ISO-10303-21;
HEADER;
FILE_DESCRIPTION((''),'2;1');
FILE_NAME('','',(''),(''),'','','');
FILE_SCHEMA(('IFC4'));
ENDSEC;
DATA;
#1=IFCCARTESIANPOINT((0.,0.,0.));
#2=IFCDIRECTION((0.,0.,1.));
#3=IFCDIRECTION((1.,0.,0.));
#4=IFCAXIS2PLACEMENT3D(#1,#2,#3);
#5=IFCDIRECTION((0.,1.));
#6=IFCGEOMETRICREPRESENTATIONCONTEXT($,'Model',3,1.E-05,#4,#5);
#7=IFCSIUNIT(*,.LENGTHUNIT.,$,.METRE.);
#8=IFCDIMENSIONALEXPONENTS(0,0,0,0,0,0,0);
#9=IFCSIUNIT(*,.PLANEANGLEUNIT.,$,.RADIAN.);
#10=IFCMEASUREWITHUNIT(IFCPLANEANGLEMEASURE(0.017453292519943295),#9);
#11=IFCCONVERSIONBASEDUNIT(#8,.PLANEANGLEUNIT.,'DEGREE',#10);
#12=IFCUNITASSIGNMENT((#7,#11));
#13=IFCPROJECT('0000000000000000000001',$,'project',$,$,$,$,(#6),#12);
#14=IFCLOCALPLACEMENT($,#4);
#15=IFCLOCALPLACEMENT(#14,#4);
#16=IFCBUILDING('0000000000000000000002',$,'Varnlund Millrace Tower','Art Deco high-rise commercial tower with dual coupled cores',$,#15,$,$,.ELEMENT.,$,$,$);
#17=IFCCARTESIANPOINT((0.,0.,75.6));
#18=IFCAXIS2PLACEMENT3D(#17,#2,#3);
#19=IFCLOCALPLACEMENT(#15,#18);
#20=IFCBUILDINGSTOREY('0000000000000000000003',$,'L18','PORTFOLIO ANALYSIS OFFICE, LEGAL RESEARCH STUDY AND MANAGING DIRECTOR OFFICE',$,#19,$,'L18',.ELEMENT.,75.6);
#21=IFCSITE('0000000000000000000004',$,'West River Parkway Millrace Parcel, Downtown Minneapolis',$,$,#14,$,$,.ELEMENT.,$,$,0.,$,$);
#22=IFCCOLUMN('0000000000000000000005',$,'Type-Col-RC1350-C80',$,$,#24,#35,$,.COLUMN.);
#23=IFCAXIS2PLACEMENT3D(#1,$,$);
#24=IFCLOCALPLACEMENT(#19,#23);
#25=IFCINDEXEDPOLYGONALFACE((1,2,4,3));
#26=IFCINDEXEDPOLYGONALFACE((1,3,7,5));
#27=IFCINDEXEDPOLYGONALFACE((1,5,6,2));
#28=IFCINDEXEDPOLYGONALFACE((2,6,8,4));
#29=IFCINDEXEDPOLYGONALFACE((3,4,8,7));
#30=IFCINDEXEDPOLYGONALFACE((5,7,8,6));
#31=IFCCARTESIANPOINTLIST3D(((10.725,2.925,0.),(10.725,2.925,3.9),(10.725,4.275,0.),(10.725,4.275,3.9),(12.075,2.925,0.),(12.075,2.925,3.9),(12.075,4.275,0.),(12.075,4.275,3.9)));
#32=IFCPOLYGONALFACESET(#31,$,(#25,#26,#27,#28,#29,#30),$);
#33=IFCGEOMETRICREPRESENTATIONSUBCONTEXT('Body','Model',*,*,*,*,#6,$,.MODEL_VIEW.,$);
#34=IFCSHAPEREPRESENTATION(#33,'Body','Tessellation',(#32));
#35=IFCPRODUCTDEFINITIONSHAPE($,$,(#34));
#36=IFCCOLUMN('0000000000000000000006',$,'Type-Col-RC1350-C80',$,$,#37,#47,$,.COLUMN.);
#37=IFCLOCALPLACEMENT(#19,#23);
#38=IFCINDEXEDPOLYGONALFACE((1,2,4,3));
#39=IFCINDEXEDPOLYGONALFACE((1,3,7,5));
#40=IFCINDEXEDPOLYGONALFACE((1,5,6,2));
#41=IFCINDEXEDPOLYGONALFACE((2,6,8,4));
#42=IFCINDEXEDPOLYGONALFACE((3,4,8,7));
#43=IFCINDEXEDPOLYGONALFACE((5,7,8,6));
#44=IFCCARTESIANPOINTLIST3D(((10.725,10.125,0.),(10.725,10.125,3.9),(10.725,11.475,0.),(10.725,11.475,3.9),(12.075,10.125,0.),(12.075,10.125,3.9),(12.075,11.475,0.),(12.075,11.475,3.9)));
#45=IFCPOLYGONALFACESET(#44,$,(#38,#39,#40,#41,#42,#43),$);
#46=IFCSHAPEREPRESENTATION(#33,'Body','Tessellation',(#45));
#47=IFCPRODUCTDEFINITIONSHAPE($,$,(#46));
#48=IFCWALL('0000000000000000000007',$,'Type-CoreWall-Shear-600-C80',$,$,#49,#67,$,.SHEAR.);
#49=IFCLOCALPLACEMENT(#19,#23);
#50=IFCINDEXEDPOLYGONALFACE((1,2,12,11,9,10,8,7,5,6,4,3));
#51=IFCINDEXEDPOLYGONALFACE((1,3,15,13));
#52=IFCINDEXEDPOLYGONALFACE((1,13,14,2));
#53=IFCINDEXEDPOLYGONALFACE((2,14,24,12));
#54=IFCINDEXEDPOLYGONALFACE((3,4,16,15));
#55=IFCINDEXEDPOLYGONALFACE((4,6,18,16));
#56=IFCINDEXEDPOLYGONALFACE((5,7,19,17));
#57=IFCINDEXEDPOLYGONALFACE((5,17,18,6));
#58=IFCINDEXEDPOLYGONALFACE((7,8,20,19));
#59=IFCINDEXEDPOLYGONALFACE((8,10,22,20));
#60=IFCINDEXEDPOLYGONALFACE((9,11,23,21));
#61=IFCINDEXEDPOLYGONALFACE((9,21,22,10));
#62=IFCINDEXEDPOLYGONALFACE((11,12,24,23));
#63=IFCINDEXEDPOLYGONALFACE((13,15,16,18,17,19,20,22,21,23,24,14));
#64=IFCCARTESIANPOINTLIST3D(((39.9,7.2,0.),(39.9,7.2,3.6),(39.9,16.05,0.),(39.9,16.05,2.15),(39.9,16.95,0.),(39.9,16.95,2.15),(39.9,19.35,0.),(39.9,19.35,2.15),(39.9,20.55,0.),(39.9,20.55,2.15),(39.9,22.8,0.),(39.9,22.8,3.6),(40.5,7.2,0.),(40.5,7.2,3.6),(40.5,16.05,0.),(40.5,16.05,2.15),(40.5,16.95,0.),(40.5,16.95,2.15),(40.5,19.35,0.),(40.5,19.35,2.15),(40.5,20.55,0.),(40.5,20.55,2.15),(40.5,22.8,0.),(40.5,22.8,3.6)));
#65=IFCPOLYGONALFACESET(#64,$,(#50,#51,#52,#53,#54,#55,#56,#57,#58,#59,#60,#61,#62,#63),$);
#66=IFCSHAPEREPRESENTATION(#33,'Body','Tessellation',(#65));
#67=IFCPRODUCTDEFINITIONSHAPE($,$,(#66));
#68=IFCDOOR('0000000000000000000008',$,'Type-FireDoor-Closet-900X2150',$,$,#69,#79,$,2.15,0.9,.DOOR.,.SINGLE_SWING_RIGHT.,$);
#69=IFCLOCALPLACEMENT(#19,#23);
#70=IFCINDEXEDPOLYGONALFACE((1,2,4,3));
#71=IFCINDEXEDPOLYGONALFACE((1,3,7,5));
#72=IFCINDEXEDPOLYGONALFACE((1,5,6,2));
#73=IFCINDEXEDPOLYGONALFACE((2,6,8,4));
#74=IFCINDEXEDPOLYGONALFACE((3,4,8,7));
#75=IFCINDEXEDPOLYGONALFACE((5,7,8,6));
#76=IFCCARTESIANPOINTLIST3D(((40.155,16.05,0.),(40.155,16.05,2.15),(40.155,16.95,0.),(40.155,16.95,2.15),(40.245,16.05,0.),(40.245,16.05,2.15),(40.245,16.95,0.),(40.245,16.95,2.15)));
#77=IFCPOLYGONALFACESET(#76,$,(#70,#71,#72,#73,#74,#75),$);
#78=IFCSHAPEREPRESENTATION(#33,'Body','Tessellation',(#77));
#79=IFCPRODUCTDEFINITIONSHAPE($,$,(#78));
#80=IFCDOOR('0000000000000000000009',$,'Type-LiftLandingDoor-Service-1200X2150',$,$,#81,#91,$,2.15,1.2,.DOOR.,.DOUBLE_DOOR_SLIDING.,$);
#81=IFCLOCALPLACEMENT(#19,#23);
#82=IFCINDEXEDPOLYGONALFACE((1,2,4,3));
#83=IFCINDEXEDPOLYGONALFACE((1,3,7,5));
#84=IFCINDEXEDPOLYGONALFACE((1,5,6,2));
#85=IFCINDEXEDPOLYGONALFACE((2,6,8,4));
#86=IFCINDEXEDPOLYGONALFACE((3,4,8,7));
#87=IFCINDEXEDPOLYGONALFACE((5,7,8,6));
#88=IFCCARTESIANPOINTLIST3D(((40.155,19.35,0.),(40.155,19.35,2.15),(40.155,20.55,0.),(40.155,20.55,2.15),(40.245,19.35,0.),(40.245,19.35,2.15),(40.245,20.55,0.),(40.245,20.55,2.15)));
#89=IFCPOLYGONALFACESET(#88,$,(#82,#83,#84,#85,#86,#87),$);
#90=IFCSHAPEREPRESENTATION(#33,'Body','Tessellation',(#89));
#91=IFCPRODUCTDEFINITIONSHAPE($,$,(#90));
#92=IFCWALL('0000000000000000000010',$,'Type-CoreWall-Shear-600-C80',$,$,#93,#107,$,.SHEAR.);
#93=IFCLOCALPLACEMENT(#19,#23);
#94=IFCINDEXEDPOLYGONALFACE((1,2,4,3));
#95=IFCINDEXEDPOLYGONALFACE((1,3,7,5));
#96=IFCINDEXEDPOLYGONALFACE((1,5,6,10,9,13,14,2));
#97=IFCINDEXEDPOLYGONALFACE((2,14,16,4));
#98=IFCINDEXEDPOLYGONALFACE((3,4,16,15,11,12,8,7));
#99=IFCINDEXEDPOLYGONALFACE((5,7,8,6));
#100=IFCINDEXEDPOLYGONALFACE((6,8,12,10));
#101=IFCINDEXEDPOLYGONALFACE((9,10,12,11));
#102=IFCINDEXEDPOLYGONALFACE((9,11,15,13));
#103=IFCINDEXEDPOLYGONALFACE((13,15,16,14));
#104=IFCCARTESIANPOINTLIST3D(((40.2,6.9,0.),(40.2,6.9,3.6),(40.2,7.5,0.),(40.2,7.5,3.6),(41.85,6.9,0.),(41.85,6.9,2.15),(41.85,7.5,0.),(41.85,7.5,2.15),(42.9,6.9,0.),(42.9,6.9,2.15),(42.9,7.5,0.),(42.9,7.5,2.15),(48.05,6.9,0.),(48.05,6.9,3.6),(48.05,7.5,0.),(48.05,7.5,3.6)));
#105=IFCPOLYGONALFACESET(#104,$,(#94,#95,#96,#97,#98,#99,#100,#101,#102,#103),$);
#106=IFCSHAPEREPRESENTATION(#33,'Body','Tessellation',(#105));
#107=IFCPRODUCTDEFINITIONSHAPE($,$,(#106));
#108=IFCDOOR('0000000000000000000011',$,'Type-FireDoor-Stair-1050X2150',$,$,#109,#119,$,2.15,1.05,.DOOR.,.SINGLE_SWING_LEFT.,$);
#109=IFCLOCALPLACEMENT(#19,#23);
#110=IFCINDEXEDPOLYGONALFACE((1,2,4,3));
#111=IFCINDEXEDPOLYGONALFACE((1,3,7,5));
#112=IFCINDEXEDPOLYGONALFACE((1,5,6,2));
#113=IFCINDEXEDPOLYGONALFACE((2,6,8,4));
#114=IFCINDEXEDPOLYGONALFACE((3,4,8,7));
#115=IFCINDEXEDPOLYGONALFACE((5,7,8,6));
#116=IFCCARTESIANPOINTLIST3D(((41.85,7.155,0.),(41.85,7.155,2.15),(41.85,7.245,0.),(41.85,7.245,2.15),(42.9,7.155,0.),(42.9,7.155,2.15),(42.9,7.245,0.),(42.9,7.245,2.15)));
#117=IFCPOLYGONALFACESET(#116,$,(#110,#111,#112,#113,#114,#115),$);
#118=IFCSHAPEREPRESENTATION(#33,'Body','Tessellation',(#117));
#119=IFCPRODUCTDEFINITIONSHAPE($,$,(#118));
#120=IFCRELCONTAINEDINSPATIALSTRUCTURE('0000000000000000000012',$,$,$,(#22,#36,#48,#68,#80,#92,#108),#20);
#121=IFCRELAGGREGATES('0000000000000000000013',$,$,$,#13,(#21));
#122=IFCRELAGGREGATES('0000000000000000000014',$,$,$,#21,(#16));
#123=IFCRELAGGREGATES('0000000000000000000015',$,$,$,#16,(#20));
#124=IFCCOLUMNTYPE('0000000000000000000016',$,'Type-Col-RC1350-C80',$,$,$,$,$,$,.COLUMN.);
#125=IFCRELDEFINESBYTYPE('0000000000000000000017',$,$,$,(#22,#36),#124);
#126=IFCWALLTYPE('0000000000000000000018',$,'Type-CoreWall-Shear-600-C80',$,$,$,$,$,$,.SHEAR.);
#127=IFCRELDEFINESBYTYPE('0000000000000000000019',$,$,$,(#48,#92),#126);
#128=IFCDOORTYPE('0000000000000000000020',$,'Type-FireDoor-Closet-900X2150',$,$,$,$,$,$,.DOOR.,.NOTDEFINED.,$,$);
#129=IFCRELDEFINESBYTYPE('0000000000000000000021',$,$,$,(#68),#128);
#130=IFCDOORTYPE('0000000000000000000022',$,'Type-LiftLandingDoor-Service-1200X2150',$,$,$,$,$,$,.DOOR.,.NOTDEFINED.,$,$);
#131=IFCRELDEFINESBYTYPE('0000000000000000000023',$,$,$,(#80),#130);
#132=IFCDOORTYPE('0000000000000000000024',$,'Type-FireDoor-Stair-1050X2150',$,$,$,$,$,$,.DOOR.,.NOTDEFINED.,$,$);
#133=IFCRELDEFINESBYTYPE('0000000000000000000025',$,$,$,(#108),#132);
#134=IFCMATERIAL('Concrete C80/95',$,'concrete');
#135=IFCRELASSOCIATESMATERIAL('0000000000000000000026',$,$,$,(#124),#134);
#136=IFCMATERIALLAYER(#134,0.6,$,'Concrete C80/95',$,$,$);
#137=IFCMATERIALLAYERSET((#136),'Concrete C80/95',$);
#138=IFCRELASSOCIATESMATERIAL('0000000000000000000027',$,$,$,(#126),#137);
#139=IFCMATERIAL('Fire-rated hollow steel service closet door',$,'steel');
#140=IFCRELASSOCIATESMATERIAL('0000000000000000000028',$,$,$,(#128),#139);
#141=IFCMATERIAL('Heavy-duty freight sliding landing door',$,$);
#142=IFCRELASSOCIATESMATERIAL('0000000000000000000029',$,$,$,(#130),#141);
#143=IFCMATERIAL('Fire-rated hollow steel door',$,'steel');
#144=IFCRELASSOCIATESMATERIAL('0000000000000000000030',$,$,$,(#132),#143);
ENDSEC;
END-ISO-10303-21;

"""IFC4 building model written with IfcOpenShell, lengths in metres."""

from ifc_helpers import new_model, entity, si_unit, converted_unit, direction, frame, origin_with_axes, origin_2d_with_axis, place, context, subcontext, project, spatial, polyline, rectangle, outline, extrude, material, layer, layer_set, material_profile, profile_set, type_object, element, fill, save


model = new_model("IFC4")

# Units and contexts
model_context = context("Model", 3, precision=1e-05, world=origin_with_axes(), true_north=direction((0.0, 1.0)))
body_context = subcontext(model_context, "Body", "Model", "MODEL_VIEW")
ifc_project = project(units=[si_unit("LENGTHUNIT", "METRE"), converted_unit("PLANEANGLEUNIT", "DEGREE", entity("IfcPlaneAngleMeasure", 0.017453292519943295), si_unit("PLANEANGLEUNIT", "RADIAN"), dimensions=[0, 0, 0, 0, 0, 0, 0])], contexts=[model_context])

# Site, building, storey
site_placement = place(None, origin_with_axes())
site = spatial("IfcSite", under=ifc_project, at=site_placement, Name="West River Parkway Millrace Parcel, Downtown Minneapolis", CompositionType="ELEMENT", RefElevation=0.0)
building_placement = place(site_placement, origin_with_axes())
building = spatial("IfcBuilding", under=site, at=building_placement, Name="Varnlund Millrace Tower", Description="Art Deco high-rise commercial tower with dual coupled cores", CompositionType="ELEMENT")
storey_placement = place(building_placement, frame((0.0, 0.0, 75.6), z_axis=(0.0, 0.0, 1.0), x_axis=(1.0, 0.0, 0.0)))
storey = spatial("IfcBuildingStorey", under=building, at=storey_placement, Name="L18", Description="PORTFOLIO ANALYSIS OFFICE, LEGAL RESEARCH STUDY AND MANAGING DIRECTOR OFFICE", LongName="L18", CompositionType="ELEMENT", Elevation=75.6)

# Columns
ifc_material_1 = material(Name="Concrete C80/95", Category="concrete")
ifc_material_profile = material_profile(ifc_material_1, rectangle(XDim=1.35, YDim=1.35, at=origin_2d_with_axis()), Name="Concrete C80/95")
ifc_profile_set = profile_set([ifc_material_profile], Name="Concrete C80/95")
column_type = type_object("IfcColumnType", Name="Type-Col-RC1350-C80", PredefinedType="COLUMN", material=ifc_profile_set)
for number, where, z_axis, x_axis, name in (
    (1, (11.4, 3.6, 0.0), (0.0, 0.0, 1.0), (1.0, 0.0, 0.0), "Type-Col-RC1350-C80"),
    (2, (11.4, 10.8, 0.0), (0.0, 0.0, 1.0), (1.0, 0.0, 0.0), "Type-Col-RC1350-C80"),
):
    element("IfcColumn", number, at=place(storey_placement, frame(where, z_axis=z_axis, x_axis=x_axis)), inside=storey, type_object=column_type, Name=name, PredefinedType="COLUMN", context=body_context, shape_type="SweptSolid", body=[
        extrude(rectangle(XDim=1.35, YDim=1.35, at=origin_2d_with_axis()), origin_with_axes(), (0.0, 0.0, 1.0), 3.9),
    ])

# Wall, openings, doors
ifc_layer_1 = layer(ifc_material_1, 0.6, Name="Concrete C80/95")
ifc_layer_set_1 = layer_set([ifc_layer_1], Name="Concrete C80/95")
wall_type_1 = type_object("IfcWallType", Name="Type-CoreWall-Shear-600-C80", PredefinedType="SHEAR", material=ifc_layer_set_1)
wall_1_placement = place(storey_placement, frame((40.2, 7.2, 0.0), z_axis=(0.0, 0.0, 1.0), x_axis=(0.0, 1.0, 0.0)))
wall_1 = element("IfcWall", 3, at=wall_1_placement, inside=storey, type_object=wall_type_1, Name="Type-CoreWall-Shear-600-C80", PredefinedType="SHEAR", context=body_context, shape_type="SweptSolid", body=[
    extrude(outline(polyline([(0.0, -0.3), (15.6, -0.3), (15.6, 0.3), (0.0, 0.3), (0.0, -0.3)])), origin_with_axes(), (0.0, 0.0, 1.0), 3.6),
])
opening_1_placement = place(wall_1_placement, frame((12.75, 0.0, 0.0), z_axis=(0.0, 0.0, 1.0), x_axis=(1.0, 0.0, 0.0)))
opening_1 = element("IfcOpeningElement", 4, at=opening_1_placement, cuts=wall_1, PredefinedType="OPENING", context=body_context, shape_type="SweptSolid", body=[
    extrude(rectangle(XDim=1.2, YDim=0.62, at=origin_2d_with_axis()), origin_with_axes(), (0.0, 0.0, 1.0), 2.15),
])
opening_2_placement = place(wall_1_placement, frame((9.3, 0.0, 0.0), z_axis=(0.0, 0.0, 1.0), x_axis=(1.0, 0.0, 0.0)))
opening_2 = element("IfcOpeningElement", 5, at=opening_2_placement, cuts=wall_1, PredefinedType="OPENING", context=body_context, shape_type="SweptSolid", body=[
    extrude(rectangle(XDim=0.9, YDim=0.62, at=origin_2d_with_axis()), origin_with_axes(), (0.0, 0.0, 1.0), 2.15),
])
ifc_material_2 = material(Name="Fire-rated hollow steel service closet door", Category="steel")
door_type_1 = type_object("IfcDoorType", Name="Type-FireDoor-Closet-900X2150", OperationType="NOTDEFINED", PredefinedType="DOOR", material=ifc_material_2)
door_1_placement = place(wall_1_placement, frame((9.3, 0.0, 0.0), z_axis=(0.0, 0.0, 1.0), x_axis=(1.0, 0.0, 0.0)))
door_1 = element("IfcDoor", 6, at=door_1_placement, inside=storey, type_object=door_type_1, Name="Type-FireDoor-Closet-900X2150", OperationType="SINGLE_SWING_RIGHT", OverallHeight=2.15, OverallWidth=0.9, PredefinedType="DOOR", context=body_context, shape_type="SweptSolid", body=[
    extrude(rectangle(XDim=0.9, YDim=0.09, at=origin_2d_with_axis()), origin_with_axes(), (0.0, 0.0, 1.0), 2.15),
])
fill(opening_2, door_1)
ifc_material_3 = material(Name="Heavy-duty freight sliding landing door")
door_type_2 = type_object("IfcDoorType", Name="Type-LiftLandingDoor-Service-1200X2150", OperationType="NOTDEFINED", PredefinedType="DOOR", material=ifc_material_3)
door_2_placement = place(wall_1_placement, frame((12.75, 0.0, 0.0), z_axis=(0.0, 0.0, 1.0), x_axis=(1.0, 0.0, 0.0)))
door_2 = element("IfcDoor", 7, at=door_2_placement, inside=storey, type_object=door_type_2, Name="Type-LiftLandingDoor-Service-1200X2150", OperationType="DOUBLE_DOOR_SLIDING", OverallHeight=2.15, OverallWidth=1.2, PredefinedType="DOOR", context=body_context, shape_type="SweptSolid", body=[
    extrude(rectangle(XDim=1.2, YDim=0.09, at=origin_2d_with_axis()), origin_with_axes(), (0.0, 0.0, 1.0), 2.15),
])
fill(opening_1, door_2)

# Wall, opening, door
wall_2_placement = place(storey_placement, frame((40.2, 7.2, 0.0), z_axis=(0.0, 0.0, 1.0), x_axis=(1.0, 0.0, 0.0)))
wall_2 = element("IfcWall", 8, at=wall_2_placement, inside=storey, type_object=wall_type_1, Name="Type-CoreWall-Shear-600-C80", PredefinedType="SHEAR", context=body_context, shape_type="SweptSolid", body=[
    extrude(outline(polyline([(0.0, -0.3), (7.85, -0.3), (7.85, 0.3), (0.0, 0.3), (0.0, -0.3)])), origin_with_axes(), (0.0, 0.0, 1.0), 3.6),
])
opening_3_placement = place(wall_2_placement, frame((2.175, 0.0, 0.0), z_axis=(0.0, 0.0, 1.0), x_axis=(1.0, 0.0, 0.0)))
opening_3 = element("IfcOpeningElement", 9, at=opening_3_placement, cuts=wall_2, PredefinedType="OPENING", context=body_context, shape_type="SweptSolid", body=[
    extrude(rectangle(XDim=1.05, YDim=0.62, at=origin_2d_with_axis()), origin_with_axes(), (0.0, 0.0, 1.0), 2.15),
])
ifc_material_4 = material(Name="Fire-rated hollow steel door", Category="steel")
door_type_3 = type_object("IfcDoorType", Name="Type-FireDoor-Stair-1050X2150", OperationType="NOTDEFINED", PredefinedType="DOOR", material=ifc_material_4)
door_3_placement = place(wall_2_placement, frame((2.175, 0.0, 0.0), z_axis=(0.0, 0.0, 1.0), x_axis=(1.0, 0.0, 0.0)))
door_3 = element("IfcDoor", 10, at=door_3_placement, inside=storey, type_object=door_type_3, Name="Type-FireDoor-Stair-1050X2150", OperationType="SINGLE_SWING_LEFT", OverallHeight=2.15, OverallWidth=1.05, PredefinedType="DOOR", context=body_context, shape_type="SweptSolid", body=[
    extrude(rectangle(XDim=1.05, YDim=0.09, at=origin_2d_with_axis()), origin_with_axes(), (0.0, 0.0, 1.0), 2.15),
])
fill(opening_3, door_3)

save(model, "model.ifc")
